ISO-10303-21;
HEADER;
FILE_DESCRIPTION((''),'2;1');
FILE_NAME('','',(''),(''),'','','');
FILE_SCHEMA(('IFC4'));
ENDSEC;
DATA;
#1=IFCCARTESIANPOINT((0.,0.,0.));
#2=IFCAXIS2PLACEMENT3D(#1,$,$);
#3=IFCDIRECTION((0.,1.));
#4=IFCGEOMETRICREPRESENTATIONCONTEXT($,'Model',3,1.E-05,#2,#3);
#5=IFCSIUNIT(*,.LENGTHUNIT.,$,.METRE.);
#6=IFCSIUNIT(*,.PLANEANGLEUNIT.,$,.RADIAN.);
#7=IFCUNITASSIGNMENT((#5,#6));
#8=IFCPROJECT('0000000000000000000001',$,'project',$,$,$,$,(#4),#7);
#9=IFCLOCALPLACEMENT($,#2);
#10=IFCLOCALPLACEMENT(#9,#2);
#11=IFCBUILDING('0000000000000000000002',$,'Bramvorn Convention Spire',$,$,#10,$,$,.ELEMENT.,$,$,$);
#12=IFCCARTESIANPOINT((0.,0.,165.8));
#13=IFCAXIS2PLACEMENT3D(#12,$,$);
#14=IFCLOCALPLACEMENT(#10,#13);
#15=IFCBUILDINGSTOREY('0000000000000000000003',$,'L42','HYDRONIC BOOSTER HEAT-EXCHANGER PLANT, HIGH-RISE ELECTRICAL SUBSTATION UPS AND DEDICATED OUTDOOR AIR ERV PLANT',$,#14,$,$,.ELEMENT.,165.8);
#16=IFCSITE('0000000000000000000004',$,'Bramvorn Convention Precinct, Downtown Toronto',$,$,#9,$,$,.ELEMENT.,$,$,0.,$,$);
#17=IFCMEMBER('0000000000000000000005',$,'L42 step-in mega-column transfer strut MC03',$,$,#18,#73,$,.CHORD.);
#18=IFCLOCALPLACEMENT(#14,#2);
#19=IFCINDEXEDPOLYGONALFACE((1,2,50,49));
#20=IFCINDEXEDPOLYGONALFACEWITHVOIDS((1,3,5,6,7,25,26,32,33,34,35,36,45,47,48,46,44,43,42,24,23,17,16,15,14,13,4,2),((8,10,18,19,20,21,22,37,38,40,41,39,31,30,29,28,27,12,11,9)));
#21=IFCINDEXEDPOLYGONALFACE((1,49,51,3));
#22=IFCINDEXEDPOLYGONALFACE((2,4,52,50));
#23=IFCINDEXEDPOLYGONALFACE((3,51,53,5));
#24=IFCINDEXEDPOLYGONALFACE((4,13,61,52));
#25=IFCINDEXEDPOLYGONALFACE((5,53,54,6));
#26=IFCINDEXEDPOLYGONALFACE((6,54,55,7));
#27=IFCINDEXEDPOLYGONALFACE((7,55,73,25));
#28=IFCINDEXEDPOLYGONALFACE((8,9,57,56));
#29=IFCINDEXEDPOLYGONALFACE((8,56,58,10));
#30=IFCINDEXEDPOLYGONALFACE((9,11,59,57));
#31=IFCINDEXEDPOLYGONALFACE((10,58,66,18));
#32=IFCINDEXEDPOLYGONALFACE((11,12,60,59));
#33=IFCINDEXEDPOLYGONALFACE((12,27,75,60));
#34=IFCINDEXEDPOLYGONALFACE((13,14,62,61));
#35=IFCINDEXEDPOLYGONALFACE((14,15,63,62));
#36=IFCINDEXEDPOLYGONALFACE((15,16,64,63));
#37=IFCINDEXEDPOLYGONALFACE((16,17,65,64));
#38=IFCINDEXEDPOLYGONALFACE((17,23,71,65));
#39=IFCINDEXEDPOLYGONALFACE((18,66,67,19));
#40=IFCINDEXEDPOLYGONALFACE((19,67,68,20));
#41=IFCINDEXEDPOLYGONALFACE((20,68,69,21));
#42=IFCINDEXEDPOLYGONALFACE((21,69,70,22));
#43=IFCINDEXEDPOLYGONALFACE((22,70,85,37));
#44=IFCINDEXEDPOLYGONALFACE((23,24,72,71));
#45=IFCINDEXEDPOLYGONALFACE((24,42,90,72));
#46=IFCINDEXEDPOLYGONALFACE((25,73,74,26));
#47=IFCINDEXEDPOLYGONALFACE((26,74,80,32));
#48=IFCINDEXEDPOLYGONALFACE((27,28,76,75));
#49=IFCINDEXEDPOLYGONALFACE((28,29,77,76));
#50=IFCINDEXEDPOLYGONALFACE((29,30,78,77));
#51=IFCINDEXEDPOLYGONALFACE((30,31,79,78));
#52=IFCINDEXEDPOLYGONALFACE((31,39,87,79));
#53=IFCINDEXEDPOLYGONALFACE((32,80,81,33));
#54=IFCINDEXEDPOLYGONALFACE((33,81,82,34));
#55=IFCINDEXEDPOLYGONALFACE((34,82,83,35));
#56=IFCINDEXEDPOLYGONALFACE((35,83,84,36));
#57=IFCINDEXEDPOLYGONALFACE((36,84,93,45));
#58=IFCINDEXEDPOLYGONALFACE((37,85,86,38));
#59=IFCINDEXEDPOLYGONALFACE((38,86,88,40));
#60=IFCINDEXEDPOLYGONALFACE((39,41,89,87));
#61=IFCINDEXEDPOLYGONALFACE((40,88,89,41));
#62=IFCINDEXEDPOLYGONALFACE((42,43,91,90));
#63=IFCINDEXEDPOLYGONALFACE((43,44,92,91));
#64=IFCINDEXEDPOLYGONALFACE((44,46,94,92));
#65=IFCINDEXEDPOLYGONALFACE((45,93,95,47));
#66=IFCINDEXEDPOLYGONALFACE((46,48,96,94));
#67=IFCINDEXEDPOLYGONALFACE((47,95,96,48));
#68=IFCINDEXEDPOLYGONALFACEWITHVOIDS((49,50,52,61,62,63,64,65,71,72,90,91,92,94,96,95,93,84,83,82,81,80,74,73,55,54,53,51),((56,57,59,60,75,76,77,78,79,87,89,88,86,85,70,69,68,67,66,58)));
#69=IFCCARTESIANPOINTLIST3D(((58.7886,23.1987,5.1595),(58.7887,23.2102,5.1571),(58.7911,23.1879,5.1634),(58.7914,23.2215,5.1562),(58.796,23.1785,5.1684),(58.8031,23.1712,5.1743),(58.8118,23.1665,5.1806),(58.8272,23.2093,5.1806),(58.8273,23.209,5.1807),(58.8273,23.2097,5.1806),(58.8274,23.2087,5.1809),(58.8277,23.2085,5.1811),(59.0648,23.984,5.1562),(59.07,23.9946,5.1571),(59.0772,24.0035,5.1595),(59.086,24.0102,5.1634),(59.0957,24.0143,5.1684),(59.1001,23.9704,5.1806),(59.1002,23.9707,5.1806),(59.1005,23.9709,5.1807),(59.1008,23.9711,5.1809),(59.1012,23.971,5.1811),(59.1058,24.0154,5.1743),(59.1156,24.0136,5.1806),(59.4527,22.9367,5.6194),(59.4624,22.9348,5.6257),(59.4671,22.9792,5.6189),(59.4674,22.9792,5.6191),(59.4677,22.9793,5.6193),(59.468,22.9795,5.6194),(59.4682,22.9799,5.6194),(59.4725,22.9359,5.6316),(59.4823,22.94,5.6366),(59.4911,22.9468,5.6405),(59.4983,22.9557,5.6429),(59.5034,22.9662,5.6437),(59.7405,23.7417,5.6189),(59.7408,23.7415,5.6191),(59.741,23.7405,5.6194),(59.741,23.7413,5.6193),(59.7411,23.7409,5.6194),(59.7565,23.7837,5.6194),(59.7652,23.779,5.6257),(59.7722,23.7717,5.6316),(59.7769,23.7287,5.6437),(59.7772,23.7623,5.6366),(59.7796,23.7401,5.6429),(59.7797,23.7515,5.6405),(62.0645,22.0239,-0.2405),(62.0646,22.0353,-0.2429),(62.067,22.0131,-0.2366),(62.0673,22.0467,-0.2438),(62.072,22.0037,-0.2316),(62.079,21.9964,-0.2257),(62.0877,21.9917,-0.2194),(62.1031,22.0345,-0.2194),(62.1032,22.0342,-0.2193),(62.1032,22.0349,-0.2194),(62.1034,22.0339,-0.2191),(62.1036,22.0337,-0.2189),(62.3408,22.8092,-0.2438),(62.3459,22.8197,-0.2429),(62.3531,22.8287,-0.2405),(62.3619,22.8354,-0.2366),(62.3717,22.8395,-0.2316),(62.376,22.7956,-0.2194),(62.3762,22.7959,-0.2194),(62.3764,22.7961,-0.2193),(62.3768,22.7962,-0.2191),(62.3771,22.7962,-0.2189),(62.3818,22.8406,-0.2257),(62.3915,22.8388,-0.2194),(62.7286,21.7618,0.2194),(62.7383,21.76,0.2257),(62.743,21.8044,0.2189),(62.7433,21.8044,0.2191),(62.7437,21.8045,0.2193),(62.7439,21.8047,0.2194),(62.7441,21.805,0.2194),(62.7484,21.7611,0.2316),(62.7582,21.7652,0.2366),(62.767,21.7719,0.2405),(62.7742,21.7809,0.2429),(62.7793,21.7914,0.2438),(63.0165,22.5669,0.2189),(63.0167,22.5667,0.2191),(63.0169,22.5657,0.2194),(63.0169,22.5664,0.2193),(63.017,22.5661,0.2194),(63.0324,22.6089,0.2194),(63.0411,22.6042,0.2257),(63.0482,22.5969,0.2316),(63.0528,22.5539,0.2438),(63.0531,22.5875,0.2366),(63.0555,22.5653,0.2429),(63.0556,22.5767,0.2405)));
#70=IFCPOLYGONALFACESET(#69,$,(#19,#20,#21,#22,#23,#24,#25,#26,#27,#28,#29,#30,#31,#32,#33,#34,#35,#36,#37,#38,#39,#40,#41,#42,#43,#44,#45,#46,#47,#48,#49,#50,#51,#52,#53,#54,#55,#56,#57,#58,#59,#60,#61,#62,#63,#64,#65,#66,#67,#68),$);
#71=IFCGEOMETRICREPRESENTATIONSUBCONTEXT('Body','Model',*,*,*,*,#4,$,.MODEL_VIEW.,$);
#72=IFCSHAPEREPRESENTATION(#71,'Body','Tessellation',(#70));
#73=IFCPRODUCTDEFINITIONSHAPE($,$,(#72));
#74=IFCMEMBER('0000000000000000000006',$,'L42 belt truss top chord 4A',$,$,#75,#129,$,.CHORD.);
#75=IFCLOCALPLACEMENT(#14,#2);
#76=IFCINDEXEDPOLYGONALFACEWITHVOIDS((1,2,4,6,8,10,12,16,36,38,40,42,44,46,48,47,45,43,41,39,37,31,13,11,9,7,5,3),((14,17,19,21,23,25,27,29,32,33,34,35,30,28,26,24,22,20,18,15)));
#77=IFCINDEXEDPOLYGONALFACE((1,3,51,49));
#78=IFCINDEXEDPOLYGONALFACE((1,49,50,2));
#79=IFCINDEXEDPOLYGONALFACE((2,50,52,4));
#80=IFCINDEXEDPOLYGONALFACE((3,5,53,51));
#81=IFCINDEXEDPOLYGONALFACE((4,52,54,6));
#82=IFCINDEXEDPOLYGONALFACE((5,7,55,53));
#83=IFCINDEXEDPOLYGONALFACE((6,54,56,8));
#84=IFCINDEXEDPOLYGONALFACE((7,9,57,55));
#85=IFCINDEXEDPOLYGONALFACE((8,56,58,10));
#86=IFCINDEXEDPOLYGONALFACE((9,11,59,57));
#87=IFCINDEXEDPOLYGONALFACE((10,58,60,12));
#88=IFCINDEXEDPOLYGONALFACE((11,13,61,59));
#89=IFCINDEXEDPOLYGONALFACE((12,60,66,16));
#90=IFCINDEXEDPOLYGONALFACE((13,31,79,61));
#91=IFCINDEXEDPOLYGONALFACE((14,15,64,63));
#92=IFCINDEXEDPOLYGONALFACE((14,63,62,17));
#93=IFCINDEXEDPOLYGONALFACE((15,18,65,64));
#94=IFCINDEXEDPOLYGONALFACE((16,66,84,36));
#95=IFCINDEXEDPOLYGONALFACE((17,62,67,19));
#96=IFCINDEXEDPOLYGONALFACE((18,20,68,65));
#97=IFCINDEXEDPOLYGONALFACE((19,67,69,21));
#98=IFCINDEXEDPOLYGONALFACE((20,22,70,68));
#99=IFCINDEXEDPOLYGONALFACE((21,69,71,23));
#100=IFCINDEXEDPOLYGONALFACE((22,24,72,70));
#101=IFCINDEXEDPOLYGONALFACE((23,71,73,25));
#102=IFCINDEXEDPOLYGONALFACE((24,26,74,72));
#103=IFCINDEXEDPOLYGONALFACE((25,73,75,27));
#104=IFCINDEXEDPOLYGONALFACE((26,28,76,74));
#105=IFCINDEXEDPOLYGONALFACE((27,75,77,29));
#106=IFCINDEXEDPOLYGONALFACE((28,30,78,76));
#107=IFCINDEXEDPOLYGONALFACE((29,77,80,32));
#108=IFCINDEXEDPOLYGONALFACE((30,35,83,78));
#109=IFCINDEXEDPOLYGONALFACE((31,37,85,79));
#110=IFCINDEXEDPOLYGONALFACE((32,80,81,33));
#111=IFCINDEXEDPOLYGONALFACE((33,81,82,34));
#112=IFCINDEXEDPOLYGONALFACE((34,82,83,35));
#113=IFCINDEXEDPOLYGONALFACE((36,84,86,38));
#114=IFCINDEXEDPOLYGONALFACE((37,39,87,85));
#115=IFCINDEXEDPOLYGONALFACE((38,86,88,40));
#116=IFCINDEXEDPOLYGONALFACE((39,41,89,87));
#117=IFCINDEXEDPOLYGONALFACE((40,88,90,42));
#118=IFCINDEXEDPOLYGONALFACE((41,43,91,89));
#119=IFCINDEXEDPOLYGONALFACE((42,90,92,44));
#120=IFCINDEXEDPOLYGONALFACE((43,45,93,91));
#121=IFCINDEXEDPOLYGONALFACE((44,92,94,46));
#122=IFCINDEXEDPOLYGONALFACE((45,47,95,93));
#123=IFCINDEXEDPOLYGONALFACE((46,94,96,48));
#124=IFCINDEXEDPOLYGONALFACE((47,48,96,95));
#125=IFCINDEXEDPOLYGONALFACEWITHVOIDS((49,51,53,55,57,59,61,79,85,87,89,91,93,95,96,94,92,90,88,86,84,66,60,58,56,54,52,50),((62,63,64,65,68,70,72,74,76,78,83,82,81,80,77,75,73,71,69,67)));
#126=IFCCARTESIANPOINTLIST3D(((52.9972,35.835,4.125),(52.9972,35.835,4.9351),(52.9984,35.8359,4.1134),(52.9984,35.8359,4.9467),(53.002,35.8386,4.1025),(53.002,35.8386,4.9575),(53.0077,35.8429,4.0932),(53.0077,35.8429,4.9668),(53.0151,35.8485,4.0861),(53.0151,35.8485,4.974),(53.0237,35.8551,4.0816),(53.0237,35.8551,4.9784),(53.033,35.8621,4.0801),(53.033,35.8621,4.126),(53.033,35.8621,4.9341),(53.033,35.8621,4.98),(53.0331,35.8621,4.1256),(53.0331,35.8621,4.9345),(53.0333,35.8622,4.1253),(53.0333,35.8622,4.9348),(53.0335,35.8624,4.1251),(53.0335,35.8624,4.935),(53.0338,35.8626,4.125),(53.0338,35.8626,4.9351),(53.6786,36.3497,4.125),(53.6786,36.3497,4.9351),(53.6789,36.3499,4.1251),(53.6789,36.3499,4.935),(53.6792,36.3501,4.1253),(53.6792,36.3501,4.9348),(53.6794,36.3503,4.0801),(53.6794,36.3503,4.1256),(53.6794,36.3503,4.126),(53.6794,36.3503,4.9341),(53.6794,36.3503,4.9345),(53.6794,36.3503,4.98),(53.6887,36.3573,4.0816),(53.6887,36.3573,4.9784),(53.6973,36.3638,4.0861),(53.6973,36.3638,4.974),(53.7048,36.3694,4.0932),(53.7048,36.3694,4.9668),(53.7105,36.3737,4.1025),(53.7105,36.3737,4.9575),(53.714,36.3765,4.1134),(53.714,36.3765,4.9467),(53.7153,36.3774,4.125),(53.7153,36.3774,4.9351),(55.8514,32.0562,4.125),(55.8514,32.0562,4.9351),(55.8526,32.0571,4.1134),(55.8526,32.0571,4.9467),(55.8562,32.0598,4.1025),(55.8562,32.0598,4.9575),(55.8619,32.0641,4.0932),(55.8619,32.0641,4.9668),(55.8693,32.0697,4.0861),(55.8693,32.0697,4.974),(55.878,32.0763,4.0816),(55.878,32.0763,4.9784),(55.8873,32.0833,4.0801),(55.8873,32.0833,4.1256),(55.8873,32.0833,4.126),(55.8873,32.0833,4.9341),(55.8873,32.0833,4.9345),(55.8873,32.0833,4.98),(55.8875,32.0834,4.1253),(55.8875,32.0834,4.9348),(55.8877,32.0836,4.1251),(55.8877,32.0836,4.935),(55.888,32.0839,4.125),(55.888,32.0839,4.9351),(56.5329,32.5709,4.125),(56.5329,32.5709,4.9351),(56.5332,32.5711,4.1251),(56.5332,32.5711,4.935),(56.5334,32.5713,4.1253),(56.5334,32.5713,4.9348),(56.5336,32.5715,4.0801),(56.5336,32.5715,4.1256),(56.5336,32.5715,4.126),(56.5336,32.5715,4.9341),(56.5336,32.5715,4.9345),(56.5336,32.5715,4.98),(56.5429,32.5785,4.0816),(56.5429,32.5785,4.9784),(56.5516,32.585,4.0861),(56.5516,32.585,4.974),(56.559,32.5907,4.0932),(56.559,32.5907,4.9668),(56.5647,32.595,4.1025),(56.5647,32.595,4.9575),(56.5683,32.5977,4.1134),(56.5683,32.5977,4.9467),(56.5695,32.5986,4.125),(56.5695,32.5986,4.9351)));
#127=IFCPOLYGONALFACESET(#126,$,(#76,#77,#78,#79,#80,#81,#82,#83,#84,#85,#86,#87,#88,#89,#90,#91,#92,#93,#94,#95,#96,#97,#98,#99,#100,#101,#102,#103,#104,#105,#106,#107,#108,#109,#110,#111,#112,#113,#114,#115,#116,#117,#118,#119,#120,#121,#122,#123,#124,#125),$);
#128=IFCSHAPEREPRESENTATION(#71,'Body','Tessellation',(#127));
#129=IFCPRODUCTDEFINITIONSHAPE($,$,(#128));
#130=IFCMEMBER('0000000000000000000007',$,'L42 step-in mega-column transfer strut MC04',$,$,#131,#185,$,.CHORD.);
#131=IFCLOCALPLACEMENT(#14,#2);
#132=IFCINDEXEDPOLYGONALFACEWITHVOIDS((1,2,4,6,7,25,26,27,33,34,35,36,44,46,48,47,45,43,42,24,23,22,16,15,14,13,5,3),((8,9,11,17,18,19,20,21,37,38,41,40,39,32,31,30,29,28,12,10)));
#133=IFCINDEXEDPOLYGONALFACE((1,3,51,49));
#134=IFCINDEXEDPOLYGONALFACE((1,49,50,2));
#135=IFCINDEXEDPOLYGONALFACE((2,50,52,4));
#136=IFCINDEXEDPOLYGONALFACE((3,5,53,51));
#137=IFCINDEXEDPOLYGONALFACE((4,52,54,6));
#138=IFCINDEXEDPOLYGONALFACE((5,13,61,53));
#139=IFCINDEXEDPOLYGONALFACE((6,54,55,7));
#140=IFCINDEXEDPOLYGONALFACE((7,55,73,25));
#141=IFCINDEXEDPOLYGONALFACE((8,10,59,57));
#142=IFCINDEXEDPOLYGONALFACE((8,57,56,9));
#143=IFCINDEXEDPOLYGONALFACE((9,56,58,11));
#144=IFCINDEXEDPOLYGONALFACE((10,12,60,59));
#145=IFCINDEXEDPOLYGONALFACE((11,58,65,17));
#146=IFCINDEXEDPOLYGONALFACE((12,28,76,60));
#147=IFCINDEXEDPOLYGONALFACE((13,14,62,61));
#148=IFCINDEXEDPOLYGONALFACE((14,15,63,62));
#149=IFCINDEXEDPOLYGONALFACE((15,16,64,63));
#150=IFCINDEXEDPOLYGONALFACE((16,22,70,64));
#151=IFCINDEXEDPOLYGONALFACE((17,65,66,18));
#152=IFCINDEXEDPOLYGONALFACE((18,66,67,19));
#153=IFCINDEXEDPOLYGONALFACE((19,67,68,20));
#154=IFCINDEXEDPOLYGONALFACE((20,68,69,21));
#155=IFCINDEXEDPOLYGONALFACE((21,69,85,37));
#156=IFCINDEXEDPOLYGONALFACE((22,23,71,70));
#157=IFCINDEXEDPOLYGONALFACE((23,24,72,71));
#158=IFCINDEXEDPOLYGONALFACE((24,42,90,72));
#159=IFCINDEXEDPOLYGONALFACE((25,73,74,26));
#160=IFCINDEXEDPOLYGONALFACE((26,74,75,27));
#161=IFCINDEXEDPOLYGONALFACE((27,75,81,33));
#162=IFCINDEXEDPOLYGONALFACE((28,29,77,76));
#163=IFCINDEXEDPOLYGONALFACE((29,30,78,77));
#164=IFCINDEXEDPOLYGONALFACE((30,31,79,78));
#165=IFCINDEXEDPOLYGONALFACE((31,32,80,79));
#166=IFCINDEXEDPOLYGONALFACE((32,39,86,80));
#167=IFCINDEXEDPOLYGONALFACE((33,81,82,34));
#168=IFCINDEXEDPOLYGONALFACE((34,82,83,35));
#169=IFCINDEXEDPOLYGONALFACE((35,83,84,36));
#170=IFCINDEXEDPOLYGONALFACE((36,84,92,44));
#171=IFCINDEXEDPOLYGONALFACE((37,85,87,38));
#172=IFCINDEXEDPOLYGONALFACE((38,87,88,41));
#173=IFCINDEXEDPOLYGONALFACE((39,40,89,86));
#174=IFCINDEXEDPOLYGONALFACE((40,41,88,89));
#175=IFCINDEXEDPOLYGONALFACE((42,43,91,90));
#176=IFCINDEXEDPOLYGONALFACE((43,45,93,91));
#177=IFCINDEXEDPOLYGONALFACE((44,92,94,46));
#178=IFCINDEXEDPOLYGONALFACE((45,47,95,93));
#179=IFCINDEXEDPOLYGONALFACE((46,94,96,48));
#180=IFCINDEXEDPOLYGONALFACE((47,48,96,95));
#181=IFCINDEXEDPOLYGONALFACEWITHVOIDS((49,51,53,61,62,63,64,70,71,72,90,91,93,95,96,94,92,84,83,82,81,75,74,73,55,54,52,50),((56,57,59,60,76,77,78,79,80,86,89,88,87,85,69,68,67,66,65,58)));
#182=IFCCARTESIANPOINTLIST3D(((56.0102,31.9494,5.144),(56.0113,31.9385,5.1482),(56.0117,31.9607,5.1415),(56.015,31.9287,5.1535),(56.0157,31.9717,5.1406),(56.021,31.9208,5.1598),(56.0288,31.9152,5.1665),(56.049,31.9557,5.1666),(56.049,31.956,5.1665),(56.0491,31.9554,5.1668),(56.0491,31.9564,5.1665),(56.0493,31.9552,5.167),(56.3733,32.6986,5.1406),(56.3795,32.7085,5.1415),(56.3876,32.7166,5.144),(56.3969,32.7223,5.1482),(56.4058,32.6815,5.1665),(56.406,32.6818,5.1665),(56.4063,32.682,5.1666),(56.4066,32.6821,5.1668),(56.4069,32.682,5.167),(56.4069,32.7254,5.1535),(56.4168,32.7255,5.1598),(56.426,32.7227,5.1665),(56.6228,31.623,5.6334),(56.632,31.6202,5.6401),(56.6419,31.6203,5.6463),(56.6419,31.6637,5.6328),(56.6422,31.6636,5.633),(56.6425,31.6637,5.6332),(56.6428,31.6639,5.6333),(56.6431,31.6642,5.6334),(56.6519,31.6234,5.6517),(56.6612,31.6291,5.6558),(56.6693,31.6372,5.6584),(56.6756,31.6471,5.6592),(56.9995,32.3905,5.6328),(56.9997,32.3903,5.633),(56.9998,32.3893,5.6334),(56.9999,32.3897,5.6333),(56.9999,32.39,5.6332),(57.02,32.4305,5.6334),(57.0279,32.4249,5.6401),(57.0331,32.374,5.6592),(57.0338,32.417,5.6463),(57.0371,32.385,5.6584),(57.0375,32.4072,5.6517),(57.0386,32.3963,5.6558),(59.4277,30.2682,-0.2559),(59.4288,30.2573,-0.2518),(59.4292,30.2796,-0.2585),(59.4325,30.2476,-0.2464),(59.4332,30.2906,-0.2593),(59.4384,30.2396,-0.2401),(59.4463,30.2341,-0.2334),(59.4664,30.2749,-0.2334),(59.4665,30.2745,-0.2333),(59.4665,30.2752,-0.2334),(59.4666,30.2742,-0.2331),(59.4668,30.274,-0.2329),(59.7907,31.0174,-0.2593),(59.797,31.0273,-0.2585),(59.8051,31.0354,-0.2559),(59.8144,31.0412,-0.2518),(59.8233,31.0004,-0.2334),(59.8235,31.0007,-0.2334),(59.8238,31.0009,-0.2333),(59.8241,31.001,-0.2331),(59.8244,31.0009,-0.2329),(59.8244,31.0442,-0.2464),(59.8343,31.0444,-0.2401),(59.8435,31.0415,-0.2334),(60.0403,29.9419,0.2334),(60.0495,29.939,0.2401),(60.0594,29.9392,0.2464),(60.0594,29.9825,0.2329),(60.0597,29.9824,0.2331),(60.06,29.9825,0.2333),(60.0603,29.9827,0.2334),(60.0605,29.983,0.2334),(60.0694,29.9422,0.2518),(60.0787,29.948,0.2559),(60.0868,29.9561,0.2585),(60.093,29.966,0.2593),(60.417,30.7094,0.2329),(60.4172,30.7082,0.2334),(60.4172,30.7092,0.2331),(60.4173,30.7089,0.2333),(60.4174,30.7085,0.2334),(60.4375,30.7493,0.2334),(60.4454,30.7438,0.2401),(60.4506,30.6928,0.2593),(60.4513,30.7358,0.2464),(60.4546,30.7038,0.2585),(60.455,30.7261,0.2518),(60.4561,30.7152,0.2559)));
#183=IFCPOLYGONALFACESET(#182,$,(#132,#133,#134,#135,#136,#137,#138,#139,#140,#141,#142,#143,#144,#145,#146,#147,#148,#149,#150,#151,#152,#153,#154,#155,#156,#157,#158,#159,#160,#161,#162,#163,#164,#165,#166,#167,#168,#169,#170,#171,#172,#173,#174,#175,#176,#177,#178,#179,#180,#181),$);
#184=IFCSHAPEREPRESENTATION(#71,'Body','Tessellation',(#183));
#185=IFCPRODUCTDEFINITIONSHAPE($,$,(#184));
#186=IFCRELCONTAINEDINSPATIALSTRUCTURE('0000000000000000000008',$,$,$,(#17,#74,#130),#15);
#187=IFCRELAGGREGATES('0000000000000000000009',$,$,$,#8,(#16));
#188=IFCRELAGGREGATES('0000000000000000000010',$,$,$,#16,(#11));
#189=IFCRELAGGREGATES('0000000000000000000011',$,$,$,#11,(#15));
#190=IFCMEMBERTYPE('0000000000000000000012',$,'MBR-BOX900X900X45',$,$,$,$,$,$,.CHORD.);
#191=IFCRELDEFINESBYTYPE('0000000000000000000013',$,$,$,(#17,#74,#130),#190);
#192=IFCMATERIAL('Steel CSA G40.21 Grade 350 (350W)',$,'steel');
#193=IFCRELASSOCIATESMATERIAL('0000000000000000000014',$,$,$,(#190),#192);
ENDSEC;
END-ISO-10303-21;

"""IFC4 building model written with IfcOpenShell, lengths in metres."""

from ifc_helpers import new_model, si_unit, direction, frame, origin, origin_2d, place, context, subcontext, project, spatial, hollow_rectangle, extrude, material, material_profile, profile_set, type_object, element, save


model = new_model("IFC4")

# Units and contexts
model_context = context("Model", 3, precision=1e-05, world=origin(), true_north=direction((0.0, 1.0)))
body_context = subcontext(model_context, "Body", "Model", "MODEL_VIEW")
ifc_project = project(units=[si_unit("LENGTHUNIT", "METRE"), si_unit("PLANEANGLEUNIT", "RADIAN")], contexts=[model_context])

# Site, building, storey
site_placement = place(None, origin())
site = spatial("IfcSite", under=ifc_project, at=site_placement, Name="Bramvorn Convention Precinct, Downtown Toronto", CompositionType="ELEMENT", RefElevation=0.0)
building_placement = place(site_placement, origin())
building = spatial("IfcBuilding", under=site, at=building_placement, Name="Bramvorn Convention Spire", CompositionType="ELEMENT")
storey_placement = place(building_placement, frame((0.0, 0.0, 165.8)))
storey = spatial("IfcBuildingStorey", under=building, at=storey_placement, Name="L42", Description="HYDRONIC BOOSTER HEAT-EXCHANGER PLANT, HIGH-RISE ELECTRICAL SUBSTATION UPS AND DEDICATED OUTDOOR AIR ERV PLANT", CompositionType="ELEMENT", Elevation=165.8)

# Shared definitions
ifc_material_1 = material(Name="Steel CSA G40.21 Grade 350 (350W)", Category="steel")

# Members
ifc_material_profile_1 = material_profile(ifc_material_1, hollow_rectangle(XDim=0.8999, YDim=0.8999, WallThickness=0.0449, InnerFilletRadius=0.001, OuterFilletRadius=0.0449, at=origin_2d()))
ifc_profile_set_1 = profile_set([ifc_material_profile_1], Name="Steel CSA G40.21 Grade 350 (350W) - BOX900X900X45")
member_type_1 = type_object("IfcMemberType", Name="MBR-BOX900X900X45", PredefinedType="CHORD", material=ifc_profile_set_1)
member_1_placement = place(storey_placement, frame((62.5601, 22.3003, 0.0), z_axis=(-0.509927, 0.182871, 0.840555), x_axis=(-0.337572, -0.9413, 0.0)))
element("IfcMember", 1, at=member_1_placement, inside=storey, type_object=member_type_1, Name="L42 step-in mega-column transfer strut MC03", PredefinedType="CHORD", context=body_context, shape_type="SweptSolid", body=[
    extrude(hollow_rectangle(XDim=0.8999, YDim=0.8999, WallThickness=0.0449, InnerFilletRadius=0.001, OuterFilletRadius=0.0449, at=origin_2d()), origin(), (0.0, 0.0, 1.0), 6.4243),
])
member_2_placement = place(storey_placement, frame((56.2104, 32.3274, 4.53), z_axis=(-0.602719, 0.797954, 0.0), x_axis=(-0.797954, -0.602719, 0.0)))
element("IfcMember", 2, at=member_2_placement, inside=storey, type_object=member_type_1, Name="L42 belt truss top chord 4A", PredefinedType="CHORD", context=body_context, shape_type="SweptSolid", body=[
    extrude(hollow_rectangle(XDim=0.8999, YDim=0.8999, WallThickness=0.0449, InnerFilletRadius=0.001, OuterFilletRadius=0.0449, at=origin_2d()), origin(), (0.0, 0.0, 1.0), 4.7356),
])
member_3_placement = place(storey_placement, frame((59.9419, 30.4917, 0.0), z_axis=(-0.517181, 0.254415, 0.817188), x_axis=(-0.441409, -0.897306, 0.0)))
element("IfcMember", 3, at=member_3_placement, inside=storey, type_object=member_type_1, Name="L42 step-in mega-column transfer strut MC04", PredefinedType="CHORD", context=body_context, shape_type="SweptSolid", body=[
    extrude(hollow_rectangle(XDim=0.8999, YDim=0.8999, WallThickness=0.0449, InnerFilletRadius=0.001, OuterFilletRadius=0.0449, at=origin_2d()), origin(), (0.0, 0.0, 1.0), 6.6079),
])

save(model, "model.ifc")
